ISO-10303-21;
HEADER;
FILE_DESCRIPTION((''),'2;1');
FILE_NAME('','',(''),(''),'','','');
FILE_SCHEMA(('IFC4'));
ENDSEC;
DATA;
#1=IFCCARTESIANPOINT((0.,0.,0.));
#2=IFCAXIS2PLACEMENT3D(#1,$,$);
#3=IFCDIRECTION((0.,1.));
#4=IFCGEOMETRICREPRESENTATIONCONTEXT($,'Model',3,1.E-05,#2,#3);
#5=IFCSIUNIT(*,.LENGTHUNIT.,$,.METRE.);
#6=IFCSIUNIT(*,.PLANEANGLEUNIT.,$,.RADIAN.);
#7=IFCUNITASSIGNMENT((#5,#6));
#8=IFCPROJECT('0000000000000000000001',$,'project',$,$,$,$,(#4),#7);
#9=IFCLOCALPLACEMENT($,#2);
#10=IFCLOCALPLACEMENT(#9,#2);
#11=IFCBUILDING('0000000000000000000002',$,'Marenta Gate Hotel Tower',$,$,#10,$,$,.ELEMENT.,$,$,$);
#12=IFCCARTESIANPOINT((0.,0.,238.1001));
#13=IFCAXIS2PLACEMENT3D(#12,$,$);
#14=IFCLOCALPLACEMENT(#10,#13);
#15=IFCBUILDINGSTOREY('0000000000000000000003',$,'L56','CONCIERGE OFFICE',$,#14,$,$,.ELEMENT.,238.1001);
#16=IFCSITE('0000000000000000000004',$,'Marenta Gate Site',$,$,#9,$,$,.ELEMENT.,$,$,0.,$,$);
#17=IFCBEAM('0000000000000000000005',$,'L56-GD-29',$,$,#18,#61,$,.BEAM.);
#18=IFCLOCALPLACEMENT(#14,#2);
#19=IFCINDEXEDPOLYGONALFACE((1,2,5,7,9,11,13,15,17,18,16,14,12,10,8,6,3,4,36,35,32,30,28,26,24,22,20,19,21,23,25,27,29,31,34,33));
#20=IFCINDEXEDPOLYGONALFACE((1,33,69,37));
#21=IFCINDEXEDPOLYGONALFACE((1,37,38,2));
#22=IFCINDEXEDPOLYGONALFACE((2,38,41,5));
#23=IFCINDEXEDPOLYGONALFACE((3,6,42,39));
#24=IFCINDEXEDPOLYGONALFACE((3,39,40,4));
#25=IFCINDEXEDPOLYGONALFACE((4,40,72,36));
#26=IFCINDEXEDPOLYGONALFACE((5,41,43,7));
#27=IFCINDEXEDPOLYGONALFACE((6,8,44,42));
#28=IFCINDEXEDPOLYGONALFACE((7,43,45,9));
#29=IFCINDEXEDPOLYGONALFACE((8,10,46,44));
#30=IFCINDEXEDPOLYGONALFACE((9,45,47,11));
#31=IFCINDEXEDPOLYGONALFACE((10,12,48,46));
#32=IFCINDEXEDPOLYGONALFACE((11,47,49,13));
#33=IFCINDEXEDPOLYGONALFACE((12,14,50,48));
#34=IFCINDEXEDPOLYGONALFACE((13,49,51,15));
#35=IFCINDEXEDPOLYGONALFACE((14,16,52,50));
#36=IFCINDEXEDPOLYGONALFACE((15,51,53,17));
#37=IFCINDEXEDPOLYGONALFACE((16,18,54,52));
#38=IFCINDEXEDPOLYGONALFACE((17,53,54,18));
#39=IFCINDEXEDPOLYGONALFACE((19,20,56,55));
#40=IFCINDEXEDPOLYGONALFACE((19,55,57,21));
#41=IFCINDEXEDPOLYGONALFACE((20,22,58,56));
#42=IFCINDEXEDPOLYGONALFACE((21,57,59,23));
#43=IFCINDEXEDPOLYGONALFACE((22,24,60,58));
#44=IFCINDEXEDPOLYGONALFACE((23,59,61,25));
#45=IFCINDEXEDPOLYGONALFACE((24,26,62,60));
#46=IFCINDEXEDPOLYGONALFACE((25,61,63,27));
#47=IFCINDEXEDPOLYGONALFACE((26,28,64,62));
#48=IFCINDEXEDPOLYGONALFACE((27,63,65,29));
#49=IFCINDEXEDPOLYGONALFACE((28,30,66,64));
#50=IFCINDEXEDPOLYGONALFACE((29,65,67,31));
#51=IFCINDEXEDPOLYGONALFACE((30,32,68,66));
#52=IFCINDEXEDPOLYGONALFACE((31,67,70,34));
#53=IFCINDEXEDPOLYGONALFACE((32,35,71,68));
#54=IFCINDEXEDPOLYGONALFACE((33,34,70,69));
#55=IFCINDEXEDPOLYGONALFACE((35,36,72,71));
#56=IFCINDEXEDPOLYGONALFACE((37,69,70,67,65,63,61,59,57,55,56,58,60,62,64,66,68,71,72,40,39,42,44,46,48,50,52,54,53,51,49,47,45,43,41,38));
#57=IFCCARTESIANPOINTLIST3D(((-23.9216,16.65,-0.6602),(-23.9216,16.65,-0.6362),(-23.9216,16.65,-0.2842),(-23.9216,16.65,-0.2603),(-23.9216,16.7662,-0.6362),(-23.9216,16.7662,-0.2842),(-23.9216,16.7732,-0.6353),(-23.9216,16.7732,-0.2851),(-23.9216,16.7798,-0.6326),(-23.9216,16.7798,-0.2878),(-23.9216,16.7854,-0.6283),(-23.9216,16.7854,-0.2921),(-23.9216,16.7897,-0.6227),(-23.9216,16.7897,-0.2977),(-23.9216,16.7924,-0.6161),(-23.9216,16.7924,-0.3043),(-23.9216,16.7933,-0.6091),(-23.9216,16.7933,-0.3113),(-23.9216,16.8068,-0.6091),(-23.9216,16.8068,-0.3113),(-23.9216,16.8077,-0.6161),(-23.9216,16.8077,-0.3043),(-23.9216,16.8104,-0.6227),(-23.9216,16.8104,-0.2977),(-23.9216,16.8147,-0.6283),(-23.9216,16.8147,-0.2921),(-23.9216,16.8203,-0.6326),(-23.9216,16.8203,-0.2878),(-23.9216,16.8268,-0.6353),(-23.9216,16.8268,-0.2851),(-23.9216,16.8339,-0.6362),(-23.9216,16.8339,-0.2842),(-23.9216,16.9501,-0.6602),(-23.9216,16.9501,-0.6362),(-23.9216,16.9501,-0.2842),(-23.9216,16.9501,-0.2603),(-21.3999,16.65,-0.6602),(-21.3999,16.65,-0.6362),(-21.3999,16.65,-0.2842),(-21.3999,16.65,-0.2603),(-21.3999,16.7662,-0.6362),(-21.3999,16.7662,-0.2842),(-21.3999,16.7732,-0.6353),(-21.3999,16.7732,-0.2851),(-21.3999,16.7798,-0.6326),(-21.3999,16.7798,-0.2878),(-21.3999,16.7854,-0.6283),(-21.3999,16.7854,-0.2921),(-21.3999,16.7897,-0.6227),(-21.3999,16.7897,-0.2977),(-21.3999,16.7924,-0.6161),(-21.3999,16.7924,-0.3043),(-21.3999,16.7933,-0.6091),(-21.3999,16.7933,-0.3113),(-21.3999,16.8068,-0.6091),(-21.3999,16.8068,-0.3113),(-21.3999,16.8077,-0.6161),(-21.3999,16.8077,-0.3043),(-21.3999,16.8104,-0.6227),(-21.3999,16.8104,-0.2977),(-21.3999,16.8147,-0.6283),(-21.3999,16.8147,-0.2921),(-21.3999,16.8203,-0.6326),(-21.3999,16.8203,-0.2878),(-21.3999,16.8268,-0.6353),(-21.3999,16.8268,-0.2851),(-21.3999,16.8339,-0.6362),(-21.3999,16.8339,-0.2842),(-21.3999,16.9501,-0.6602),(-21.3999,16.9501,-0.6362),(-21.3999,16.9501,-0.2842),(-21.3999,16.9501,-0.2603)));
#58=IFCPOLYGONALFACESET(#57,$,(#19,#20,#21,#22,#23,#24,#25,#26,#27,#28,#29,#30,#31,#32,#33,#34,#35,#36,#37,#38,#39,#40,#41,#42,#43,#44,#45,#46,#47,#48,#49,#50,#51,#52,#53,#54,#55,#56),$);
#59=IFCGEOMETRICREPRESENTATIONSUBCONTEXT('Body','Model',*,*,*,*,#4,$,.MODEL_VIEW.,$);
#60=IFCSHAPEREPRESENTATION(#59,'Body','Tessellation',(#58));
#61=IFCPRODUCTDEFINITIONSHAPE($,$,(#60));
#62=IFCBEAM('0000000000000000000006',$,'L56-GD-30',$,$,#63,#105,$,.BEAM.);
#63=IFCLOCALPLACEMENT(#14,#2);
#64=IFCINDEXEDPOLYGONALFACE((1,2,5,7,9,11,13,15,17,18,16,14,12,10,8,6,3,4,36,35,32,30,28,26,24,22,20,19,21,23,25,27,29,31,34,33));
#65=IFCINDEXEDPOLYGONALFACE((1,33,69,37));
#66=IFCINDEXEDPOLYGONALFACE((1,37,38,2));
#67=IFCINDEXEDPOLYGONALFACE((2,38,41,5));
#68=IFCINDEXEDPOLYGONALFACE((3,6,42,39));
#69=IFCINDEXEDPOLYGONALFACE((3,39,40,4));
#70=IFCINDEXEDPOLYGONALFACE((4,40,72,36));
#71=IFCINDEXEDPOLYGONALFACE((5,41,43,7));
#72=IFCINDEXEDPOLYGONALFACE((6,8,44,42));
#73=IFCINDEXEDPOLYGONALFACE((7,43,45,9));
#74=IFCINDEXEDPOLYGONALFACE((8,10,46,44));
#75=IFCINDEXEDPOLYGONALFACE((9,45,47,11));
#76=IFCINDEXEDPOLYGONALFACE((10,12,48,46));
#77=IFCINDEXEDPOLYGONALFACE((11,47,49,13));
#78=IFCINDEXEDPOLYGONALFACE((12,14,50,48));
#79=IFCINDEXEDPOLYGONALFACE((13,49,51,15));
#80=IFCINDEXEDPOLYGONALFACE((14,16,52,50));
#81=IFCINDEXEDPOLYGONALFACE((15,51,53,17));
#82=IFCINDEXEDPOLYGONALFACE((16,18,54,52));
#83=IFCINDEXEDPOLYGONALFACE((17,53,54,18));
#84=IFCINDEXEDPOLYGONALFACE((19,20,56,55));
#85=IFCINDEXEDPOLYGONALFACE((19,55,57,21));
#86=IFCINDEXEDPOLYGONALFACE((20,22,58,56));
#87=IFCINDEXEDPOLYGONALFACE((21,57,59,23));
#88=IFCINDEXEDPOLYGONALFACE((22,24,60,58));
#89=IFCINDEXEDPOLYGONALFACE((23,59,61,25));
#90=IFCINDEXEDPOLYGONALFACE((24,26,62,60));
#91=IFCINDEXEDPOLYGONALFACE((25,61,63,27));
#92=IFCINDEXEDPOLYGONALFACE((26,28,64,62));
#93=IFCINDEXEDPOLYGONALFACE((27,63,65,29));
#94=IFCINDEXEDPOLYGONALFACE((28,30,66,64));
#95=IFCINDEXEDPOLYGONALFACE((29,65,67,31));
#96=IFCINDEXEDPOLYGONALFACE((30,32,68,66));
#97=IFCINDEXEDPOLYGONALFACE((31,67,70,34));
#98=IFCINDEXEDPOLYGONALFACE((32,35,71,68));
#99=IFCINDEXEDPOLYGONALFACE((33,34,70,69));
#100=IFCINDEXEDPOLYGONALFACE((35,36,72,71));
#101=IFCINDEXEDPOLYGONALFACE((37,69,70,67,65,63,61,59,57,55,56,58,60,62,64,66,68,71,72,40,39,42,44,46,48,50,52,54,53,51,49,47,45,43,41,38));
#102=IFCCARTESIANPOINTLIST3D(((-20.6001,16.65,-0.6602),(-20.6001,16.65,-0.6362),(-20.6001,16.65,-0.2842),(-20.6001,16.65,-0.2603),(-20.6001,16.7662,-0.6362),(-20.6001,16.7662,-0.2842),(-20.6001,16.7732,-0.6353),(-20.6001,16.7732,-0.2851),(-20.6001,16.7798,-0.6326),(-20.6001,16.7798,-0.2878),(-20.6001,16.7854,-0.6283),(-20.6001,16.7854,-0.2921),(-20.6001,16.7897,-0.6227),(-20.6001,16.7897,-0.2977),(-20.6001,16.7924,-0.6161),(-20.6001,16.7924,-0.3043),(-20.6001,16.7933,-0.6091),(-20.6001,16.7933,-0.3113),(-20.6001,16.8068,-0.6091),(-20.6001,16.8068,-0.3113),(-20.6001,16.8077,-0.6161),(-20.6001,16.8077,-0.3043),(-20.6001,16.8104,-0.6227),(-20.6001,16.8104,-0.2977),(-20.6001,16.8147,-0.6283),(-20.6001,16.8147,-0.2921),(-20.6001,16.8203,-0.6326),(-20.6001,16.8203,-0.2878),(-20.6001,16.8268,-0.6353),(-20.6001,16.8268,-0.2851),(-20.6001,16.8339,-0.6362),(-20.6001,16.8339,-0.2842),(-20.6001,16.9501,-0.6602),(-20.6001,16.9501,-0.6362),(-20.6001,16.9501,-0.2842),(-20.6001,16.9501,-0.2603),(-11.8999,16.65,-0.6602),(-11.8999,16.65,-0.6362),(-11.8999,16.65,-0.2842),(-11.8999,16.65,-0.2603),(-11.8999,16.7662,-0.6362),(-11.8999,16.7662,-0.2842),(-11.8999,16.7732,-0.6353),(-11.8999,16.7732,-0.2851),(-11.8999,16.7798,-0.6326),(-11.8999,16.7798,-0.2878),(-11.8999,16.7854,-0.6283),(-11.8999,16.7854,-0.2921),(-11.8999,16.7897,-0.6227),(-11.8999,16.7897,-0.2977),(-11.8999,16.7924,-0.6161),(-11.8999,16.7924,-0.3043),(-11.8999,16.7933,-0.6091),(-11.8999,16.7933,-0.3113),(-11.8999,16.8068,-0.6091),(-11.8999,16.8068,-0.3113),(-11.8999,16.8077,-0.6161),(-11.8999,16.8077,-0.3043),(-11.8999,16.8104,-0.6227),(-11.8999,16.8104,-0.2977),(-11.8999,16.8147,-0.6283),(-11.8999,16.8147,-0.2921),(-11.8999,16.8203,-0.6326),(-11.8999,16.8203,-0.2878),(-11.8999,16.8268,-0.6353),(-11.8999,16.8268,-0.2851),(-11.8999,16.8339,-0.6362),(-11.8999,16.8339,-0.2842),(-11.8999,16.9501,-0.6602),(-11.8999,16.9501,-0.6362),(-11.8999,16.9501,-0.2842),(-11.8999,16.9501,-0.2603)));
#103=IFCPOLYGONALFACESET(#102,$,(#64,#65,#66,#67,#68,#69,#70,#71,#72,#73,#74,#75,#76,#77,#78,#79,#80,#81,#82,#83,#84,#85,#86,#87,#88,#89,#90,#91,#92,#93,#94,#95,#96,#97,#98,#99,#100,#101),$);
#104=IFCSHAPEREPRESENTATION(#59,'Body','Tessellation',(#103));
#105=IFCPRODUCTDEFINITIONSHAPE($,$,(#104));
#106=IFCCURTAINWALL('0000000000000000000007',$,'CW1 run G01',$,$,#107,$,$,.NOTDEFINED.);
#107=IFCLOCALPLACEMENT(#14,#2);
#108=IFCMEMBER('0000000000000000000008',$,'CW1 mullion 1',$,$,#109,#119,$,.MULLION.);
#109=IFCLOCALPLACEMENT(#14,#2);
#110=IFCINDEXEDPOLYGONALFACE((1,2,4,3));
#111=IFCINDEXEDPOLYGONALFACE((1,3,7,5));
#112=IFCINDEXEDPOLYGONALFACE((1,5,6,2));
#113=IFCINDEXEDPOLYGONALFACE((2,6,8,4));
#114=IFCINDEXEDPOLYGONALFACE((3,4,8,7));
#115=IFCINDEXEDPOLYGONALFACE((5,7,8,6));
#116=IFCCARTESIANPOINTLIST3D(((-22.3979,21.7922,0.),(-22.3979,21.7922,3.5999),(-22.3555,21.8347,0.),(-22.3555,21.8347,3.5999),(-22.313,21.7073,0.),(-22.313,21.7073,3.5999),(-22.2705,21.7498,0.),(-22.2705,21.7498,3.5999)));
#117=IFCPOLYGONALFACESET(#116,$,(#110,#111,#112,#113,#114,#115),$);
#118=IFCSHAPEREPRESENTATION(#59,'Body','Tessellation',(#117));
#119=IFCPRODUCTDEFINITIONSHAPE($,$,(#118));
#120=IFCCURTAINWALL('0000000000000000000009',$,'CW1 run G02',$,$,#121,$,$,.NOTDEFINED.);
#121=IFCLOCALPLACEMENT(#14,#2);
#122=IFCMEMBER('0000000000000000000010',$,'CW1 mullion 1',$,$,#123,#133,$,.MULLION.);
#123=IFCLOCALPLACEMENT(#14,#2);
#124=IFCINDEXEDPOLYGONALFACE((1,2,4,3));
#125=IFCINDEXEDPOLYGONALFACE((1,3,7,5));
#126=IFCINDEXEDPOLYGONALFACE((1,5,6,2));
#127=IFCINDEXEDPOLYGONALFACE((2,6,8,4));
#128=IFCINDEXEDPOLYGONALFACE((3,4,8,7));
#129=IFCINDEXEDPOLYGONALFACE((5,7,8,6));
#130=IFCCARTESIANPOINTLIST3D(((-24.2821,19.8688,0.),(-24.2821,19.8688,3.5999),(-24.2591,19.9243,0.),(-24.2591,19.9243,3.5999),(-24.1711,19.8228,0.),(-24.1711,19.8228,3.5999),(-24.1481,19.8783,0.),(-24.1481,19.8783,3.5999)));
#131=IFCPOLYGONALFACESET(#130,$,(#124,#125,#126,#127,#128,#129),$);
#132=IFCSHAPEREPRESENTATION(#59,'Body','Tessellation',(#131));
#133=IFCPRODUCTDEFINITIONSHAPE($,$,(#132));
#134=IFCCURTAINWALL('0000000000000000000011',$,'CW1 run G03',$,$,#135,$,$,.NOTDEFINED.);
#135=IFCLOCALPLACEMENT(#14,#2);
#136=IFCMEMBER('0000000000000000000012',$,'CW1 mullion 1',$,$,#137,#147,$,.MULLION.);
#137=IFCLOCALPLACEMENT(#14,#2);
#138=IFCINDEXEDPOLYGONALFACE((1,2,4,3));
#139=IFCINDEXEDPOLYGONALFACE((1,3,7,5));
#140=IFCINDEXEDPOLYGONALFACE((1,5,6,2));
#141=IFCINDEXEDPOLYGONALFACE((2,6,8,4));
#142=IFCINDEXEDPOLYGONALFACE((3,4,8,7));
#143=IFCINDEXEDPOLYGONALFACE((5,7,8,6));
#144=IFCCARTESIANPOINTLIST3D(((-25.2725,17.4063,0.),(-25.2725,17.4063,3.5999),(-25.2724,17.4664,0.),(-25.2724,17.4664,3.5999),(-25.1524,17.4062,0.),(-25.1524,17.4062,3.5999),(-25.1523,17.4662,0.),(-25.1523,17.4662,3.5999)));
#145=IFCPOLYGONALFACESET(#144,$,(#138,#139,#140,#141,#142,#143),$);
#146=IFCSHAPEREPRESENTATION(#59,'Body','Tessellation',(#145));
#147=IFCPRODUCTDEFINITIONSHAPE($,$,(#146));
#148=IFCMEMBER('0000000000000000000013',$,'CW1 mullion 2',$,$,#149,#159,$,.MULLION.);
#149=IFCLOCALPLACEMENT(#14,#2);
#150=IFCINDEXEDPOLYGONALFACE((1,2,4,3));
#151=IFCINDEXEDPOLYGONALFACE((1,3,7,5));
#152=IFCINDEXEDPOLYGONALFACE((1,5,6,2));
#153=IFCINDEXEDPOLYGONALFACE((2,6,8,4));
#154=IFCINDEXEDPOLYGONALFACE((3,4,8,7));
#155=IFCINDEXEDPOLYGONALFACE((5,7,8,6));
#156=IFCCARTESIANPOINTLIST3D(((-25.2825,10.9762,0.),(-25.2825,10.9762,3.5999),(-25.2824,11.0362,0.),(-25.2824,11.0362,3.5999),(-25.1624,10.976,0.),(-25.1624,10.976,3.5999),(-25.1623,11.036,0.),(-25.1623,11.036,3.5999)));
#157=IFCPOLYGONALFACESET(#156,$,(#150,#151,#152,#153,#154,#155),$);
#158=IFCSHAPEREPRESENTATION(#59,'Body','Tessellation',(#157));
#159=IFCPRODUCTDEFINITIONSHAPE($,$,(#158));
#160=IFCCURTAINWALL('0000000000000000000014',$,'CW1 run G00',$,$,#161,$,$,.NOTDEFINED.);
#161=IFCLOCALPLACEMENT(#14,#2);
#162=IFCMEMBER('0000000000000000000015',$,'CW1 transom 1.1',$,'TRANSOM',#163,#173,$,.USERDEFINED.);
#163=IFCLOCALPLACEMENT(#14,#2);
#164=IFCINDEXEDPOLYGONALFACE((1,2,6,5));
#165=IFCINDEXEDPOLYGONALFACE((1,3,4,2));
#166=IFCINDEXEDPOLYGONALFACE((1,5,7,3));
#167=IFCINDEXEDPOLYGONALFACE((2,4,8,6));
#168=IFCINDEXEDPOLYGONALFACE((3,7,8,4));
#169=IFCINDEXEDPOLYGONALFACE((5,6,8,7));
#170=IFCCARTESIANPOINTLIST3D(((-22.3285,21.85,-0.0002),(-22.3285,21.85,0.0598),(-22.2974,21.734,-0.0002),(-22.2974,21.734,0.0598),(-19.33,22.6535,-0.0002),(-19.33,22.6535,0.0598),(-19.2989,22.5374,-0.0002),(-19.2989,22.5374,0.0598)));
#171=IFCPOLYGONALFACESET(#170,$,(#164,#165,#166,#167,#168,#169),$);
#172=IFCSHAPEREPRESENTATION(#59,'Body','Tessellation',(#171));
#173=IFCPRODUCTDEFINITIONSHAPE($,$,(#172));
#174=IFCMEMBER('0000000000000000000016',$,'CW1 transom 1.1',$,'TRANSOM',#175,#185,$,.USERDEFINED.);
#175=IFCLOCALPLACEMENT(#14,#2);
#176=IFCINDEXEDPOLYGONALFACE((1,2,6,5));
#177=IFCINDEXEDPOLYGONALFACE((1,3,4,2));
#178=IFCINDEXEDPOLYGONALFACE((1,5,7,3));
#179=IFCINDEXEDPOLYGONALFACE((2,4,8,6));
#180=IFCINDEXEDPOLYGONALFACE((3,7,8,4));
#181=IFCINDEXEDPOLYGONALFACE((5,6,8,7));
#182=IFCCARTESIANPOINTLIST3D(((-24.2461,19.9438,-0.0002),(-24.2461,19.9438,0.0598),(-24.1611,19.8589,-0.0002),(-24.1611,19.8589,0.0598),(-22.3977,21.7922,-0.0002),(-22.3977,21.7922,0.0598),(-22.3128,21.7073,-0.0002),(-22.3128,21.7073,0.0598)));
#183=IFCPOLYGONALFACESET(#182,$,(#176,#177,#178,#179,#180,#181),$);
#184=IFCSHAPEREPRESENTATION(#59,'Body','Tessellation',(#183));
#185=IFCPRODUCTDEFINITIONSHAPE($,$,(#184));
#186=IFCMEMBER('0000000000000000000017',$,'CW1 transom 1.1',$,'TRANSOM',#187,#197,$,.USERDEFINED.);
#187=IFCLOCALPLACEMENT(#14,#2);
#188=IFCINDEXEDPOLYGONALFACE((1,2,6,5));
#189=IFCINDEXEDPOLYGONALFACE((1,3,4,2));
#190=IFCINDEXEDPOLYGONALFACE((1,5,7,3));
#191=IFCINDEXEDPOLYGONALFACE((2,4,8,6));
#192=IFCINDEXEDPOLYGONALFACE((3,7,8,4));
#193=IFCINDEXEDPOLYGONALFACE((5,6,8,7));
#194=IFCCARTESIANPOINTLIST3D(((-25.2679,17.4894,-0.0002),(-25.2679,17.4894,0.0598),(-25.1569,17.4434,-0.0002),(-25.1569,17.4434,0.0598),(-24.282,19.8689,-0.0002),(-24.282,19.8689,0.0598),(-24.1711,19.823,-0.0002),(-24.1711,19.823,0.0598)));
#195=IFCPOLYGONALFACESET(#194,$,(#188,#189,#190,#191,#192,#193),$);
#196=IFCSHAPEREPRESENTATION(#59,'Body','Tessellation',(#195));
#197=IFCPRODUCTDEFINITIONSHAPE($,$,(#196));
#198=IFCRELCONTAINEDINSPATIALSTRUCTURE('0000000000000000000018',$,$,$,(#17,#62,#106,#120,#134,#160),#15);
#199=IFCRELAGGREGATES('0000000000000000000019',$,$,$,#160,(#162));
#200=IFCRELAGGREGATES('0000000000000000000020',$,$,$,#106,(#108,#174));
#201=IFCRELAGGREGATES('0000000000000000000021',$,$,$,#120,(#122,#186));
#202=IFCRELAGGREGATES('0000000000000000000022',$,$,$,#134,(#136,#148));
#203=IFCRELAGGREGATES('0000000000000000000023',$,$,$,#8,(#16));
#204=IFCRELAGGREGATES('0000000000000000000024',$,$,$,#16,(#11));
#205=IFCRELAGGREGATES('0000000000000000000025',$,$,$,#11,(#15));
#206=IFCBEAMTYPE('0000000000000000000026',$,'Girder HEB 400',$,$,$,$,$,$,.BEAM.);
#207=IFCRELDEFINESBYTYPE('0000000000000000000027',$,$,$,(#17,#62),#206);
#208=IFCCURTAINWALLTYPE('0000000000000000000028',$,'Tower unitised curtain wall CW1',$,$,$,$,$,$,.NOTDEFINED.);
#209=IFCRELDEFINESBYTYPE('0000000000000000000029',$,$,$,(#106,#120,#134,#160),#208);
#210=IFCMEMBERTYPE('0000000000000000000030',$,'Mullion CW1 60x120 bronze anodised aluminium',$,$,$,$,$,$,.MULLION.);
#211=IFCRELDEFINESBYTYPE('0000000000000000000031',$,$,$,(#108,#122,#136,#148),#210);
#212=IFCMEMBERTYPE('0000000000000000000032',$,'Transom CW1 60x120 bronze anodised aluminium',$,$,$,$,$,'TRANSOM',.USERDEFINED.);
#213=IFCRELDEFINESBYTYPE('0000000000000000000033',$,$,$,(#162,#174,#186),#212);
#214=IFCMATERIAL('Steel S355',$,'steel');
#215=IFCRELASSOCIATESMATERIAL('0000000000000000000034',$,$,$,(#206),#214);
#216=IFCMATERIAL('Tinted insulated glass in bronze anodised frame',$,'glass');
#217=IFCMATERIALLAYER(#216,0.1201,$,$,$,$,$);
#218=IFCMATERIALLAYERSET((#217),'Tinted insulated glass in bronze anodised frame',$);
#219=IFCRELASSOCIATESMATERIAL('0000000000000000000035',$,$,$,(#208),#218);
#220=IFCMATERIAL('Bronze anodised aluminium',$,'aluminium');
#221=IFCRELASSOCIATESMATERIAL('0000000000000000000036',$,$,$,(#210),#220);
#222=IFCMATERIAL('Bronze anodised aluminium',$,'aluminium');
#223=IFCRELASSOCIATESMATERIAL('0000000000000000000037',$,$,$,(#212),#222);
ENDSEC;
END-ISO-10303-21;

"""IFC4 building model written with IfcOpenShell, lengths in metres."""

from ifc_helpers import new_model, si_unit, direction, frame, origin, origin_2d, place, context, subcontext, project, spatial, rectangle, i_section, extrude, material, layer, layer_set, material_profile, profile_set, type_object, element, aggregate, save


model = new_model("IFC4")

# Units and contexts
model_context = context("Model", 3, precision=1e-05, world=origin(), true_north=direction((0.0, 1.0)))
body_context = subcontext(model_context, "Body", "Model", "MODEL_VIEW")
ifc_project = project(units=[si_unit("LENGTHUNIT", "METRE"), si_unit("PLANEANGLEUNIT", "RADIAN")], contexts=[model_context])

# Site, building, storey
site_placement = place(None, origin())
site = spatial("IfcSite", under=ifc_project, at=site_placement, Name="Marenta Gate Site", CompositionType="ELEMENT", RefElevation=0.0)
building_placement = place(site_placement, origin())
building = spatial("IfcBuilding", under=site, at=building_placement, Name="Marenta Gate Hotel Tower", CompositionType="ELEMENT")
storey_placement = place(building_placement, frame((0.0, 0.0, 238.1001)))
storey = spatial("IfcBuildingStorey", under=building, at=storey_placement, Name="L56", Description="CONCIERGE OFFICE", CompositionType="ELEMENT", Elevation=238.1001)

# Beams
ifc_material_1 = material(Name="Steel S355", Category="steel")
ifc_material_profile_1 = material_profile(ifc_material_1, i_section(OverallWidth=0.3, OverallDepth=0.3999, WebThickness=0.0134, FlangeThickness=0.0239, FilletRadius=0.0271, at=origin_2d()), Name="HEB 400")
ifc_profile_set_1 = profile_set([ifc_material_profile_1], Name="Steel S355")
beam_type_1 = type_object("IfcBeamType", Name="Girder HEB 400", PredefinedType="BEAM", material=ifc_profile_set_1)
beam_1_placement = place(storey_placement, frame((-23.9216, 16.8, -0.4602), z_axis=(1.0, 0.0, 0.0), x_axis=(0.0, 1.0, 0.0)))
element("IfcBeam", 1, at=beam_1_placement, inside=storey, type_object=beam_type_1, Name="L56-GD-29", PredefinedType="BEAM", context=body_context, shape_type="SweptSolid", body=[
    extrude(i_section(OverallWidth=0.3, OverallDepth=0.3999, WebThickness=0.0134, FlangeThickness=0.0239, FilletRadius=0.0271, at=origin_2d()), origin(), (0.0, 0.0, 1.0), 2.5217),
])
beam_2_placement = place(storey_placement, frame((-20.6001, 16.8, -0.4602), z_axis=(1.0, 0.0, 0.0), x_axis=(0.0, 1.0, 0.0)))
element("IfcBeam", 2, at=beam_2_placement, inside=storey, type_object=beam_type_1, Name="L56-GD-30", PredefinedType="BEAM", context=body_context, shape_type="SweptSolid", body=[
    extrude(i_section(OverallWidth=0.3, OverallDepth=0.3999, WebThickness=0.0134, FlangeThickness=0.0239, FilletRadius=0.0271, at=origin_2d()), origin(), (0.0, 0.0, 1.0), 8.7002),
])

# Curtain walls, members
ifc_material_2 = material(Name="Tinted insulated glass in bronze anodised frame", Category="glass")
ifc_layer_1 = layer(ifc_material_2, 0.1201)
ifc_layer_set_1 = layer_set([ifc_layer_1], Name="Tinted insulated glass in bronze anodised frame")
curtain_wall_type = type_object("IfcCurtainWallType", Name="Tower unitised curtain wall CW1", PredefinedType="NOTDEFINED", material=ifc_layer_set_1)
curtain_wall_1_placement = place(storey_placement, origin())
curtain_wall_1 = element("IfcCurtainWall", 3, at=curtain_wall_1_placement, inside=storey, type_object=curtain_wall_type, Name="CW1 run G01", PredefinedType="NOTDEFINED")
ifc_material_3 = material(Name="Bronze anodised aluminium", Category="aluminium")
ifc_material_profile_2 = material_profile(ifc_material_3, rectangle(XDim=0.1201, YDim=0.0601, at=origin_2d()), Name="Mullion CW1 60x120 bronze anodised aluminium")
ifc_profile_set_2 = profile_set([ifc_material_profile_2], Name="Bronze anodised aluminium")
member_type_1 = type_object("IfcMemberType", Name="Mullion CW1 60x120 bronze anodised aluminium", PredefinedType="MULLION", material=ifc_profile_set_2)
member_1_placement = place(storey_placement, frame((-22.3342, 21.771, 0.0), z_axis=(0.0, 0.0, 1.0), x_axis=(0.707107, -0.707107, 0.0)))
member_1 = element("IfcMember", 4, at=member_1_placement, type_object=member_type_1, Name="CW1 mullion 1", PredefinedType="MULLION", context=body_context, shape_type="SweptSolid", body=[
    extrude(rectangle(XDim=0.1201, YDim=0.0601, at=origin_2d()), origin(), (0.0, 0.0, 1.0), 3.5999),
])
curtain_wall_2_placement = place(storey_placement, origin())
curtain_wall_2 = element("IfcCurtainWall", 5, at=curtain_wall_2_placement, inside=storey, type_object=curtain_wall_type, Name="CW1 run G02", PredefinedType="NOTDEFINED")
member_2_placement = place(storey_placement, frame((-24.2151, 19.8735, 0.0), z_axis=(0.0, 0.0, 1.0), x_axis=(0.923886, -0.382667, 0.0)))
member_2 = element("IfcMember", 6, at=member_2_placement, type_object=member_type_1, Name="CW1 mullion 1", PredefinedType="MULLION", context=body_context, shape_type="SweptSolid", body=[
    extrude(rectangle(XDim=0.1201, YDim=0.0601, at=origin_2d()), origin(), (0.0, 0.0, 1.0), 3.5999),
])

# Curtain wall, members
curtain_wall_3_placement = place(storey_placement, origin())
curtain_wall_3 = element("IfcCurtainWall", 7, at=curtain_wall_3_placement, inside=storey, type_object=curtain_wall_type, Name="CW1 run G03", PredefinedType="NOTDEFINED")
member_3_placement = place(storey_placement, frame((-25.2124, 17.4363, 0.0), z_axis=(0.0, 0.0, 1.0), x_axis=(0.999999, -0.001566, 0.0)))
member_3 = element("IfcMember", 8, at=member_3_placement, type_object=member_type_1, Name="CW1 mullion 1", PredefinedType="MULLION", context=body_context, shape_type="SweptSolid", body=[
    extrude(rectangle(XDim=0.1201, YDim=0.0601, at=origin_2d()), origin(), (0.0, 0.0, 1.0), 3.5999),
])
member_4_placement = place(storey_placement, frame((-25.2224, 11.0061, 0.0), z_axis=(0.0, 0.0, 1.0), x_axis=(0.999999, -0.001566, 0.0)))
member_4 = element("IfcMember", 9, at=member_4_placement, type_object=member_type_1, Name="CW1 mullion 2", PredefinedType="MULLION", context=body_context, shape_type="SweptSolid", body=[
    extrude(rectangle(XDim=0.1201, YDim=0.0601, at=origin_2d()), origin(), (0.0, 0.0, 1.0), 3.5999),
])

# Curtain wall, member
curtain_wall_4_placement = place(storey_placement, origin())
curtain_wall_4 = element("IfcCurtainWall", 10, at=curtain_wall_4_placement, inside=storey, type_object=curtain_wall_type, Name="CW1 run G00", PredefinedType="NOTDEFINED")
ifc_material_4 = material(Name="Bronze anodised aluminium", Category="aluminium")
ifc_material_profile_3 = material_profile(ifc_material_4, rectangle(XDim=0.1201, YDim=0.0601, at=origin_2d()), Name="Transom CW1 60x120 bronze anodised aluminium")
ifc_profile_set_3 = profile_set([ifc_material_profile_3], Name="Bronze anodised aluminium")
member_type_2 = type_object("IfcMemberType", Name="Transom CW1 60x120 bronze anodised aluminium", ElementType="TRANSOM", PredefinedType="USERDEFINED", material=ifc_profile_set_3)
member_5_placement = place(storey_placement, frame((-19.3145, 22.5955, 0.0298), z_axis=(-0.965925, -0.258823, 0.0), x_axis=(0.258823, -0.965925, 0.0)))
member_5 = element("IfcMember", 11, at=member_5_placement, type_object=member_type_2, Name="CW1 transom 1.1", ObjectType="TRANSOM", PredefinedType="USERDEFINED", context=body_context, shape_type="SweptSolid", body=[
    extrude(rectangle(XDim=0.1201, YDim=0.0601, at=origin_2d()), origin(), (0.0, 0.0, 1.0), 3.1042),
])

# Members
member_6_placement = place(storey_placement, frame((-22.3552, 21.7498, 0.0298), z_axis=(-0.707107, -0.707107, 0.0), x_axis=(0.707107, -0.707107, 0.0)))
member_6 = element("IfcMember", 12, at=member_6_placement, type_object=member_type_2, Name="CW1 transom 1.1", ObjectType="TRANSOM", PredefinedType="USERDEFINED", context=body_context, shape_type="SweptSolid", body=[
    extrude(rectangle(XDim=0.1201, YDim=0.0601, at=origin_2d()), origin(), (0.0, 0.0, 1.0), 2.614),
])
member_7_placement = place(storey_placement, frame((-24.2266, 19.8459, 0.0298), z_axis=(-0.382737, -0.923857, 0.0), x_axis=(0.923857, -0.382737, 0.0)))
member_7 = element("IfcMember", 13, at=member_7_placement, type_object=member_type_2, Name="CW1 transom 1.1", ObjectType="TRANSOM", PredefinedType="USERDEFINED", context=body_context, shape_type="SweptSolid", body=[
    extrude(rectangle(XDim=0.1201, YDim=0.0601, at=origin_2d()), origin(), (0.0, 0.0, 1.0), 2.5757),
])

aggregate(curtain_wall_4, [member_5])
aggregate(curtain_wall_1, [member_1, member_6])
aggregate(curtain_wall_2, [member_2, member_7])
aggregate(curtain_wall_3, [member_3, member_4])

save(model, "model.ifc")
